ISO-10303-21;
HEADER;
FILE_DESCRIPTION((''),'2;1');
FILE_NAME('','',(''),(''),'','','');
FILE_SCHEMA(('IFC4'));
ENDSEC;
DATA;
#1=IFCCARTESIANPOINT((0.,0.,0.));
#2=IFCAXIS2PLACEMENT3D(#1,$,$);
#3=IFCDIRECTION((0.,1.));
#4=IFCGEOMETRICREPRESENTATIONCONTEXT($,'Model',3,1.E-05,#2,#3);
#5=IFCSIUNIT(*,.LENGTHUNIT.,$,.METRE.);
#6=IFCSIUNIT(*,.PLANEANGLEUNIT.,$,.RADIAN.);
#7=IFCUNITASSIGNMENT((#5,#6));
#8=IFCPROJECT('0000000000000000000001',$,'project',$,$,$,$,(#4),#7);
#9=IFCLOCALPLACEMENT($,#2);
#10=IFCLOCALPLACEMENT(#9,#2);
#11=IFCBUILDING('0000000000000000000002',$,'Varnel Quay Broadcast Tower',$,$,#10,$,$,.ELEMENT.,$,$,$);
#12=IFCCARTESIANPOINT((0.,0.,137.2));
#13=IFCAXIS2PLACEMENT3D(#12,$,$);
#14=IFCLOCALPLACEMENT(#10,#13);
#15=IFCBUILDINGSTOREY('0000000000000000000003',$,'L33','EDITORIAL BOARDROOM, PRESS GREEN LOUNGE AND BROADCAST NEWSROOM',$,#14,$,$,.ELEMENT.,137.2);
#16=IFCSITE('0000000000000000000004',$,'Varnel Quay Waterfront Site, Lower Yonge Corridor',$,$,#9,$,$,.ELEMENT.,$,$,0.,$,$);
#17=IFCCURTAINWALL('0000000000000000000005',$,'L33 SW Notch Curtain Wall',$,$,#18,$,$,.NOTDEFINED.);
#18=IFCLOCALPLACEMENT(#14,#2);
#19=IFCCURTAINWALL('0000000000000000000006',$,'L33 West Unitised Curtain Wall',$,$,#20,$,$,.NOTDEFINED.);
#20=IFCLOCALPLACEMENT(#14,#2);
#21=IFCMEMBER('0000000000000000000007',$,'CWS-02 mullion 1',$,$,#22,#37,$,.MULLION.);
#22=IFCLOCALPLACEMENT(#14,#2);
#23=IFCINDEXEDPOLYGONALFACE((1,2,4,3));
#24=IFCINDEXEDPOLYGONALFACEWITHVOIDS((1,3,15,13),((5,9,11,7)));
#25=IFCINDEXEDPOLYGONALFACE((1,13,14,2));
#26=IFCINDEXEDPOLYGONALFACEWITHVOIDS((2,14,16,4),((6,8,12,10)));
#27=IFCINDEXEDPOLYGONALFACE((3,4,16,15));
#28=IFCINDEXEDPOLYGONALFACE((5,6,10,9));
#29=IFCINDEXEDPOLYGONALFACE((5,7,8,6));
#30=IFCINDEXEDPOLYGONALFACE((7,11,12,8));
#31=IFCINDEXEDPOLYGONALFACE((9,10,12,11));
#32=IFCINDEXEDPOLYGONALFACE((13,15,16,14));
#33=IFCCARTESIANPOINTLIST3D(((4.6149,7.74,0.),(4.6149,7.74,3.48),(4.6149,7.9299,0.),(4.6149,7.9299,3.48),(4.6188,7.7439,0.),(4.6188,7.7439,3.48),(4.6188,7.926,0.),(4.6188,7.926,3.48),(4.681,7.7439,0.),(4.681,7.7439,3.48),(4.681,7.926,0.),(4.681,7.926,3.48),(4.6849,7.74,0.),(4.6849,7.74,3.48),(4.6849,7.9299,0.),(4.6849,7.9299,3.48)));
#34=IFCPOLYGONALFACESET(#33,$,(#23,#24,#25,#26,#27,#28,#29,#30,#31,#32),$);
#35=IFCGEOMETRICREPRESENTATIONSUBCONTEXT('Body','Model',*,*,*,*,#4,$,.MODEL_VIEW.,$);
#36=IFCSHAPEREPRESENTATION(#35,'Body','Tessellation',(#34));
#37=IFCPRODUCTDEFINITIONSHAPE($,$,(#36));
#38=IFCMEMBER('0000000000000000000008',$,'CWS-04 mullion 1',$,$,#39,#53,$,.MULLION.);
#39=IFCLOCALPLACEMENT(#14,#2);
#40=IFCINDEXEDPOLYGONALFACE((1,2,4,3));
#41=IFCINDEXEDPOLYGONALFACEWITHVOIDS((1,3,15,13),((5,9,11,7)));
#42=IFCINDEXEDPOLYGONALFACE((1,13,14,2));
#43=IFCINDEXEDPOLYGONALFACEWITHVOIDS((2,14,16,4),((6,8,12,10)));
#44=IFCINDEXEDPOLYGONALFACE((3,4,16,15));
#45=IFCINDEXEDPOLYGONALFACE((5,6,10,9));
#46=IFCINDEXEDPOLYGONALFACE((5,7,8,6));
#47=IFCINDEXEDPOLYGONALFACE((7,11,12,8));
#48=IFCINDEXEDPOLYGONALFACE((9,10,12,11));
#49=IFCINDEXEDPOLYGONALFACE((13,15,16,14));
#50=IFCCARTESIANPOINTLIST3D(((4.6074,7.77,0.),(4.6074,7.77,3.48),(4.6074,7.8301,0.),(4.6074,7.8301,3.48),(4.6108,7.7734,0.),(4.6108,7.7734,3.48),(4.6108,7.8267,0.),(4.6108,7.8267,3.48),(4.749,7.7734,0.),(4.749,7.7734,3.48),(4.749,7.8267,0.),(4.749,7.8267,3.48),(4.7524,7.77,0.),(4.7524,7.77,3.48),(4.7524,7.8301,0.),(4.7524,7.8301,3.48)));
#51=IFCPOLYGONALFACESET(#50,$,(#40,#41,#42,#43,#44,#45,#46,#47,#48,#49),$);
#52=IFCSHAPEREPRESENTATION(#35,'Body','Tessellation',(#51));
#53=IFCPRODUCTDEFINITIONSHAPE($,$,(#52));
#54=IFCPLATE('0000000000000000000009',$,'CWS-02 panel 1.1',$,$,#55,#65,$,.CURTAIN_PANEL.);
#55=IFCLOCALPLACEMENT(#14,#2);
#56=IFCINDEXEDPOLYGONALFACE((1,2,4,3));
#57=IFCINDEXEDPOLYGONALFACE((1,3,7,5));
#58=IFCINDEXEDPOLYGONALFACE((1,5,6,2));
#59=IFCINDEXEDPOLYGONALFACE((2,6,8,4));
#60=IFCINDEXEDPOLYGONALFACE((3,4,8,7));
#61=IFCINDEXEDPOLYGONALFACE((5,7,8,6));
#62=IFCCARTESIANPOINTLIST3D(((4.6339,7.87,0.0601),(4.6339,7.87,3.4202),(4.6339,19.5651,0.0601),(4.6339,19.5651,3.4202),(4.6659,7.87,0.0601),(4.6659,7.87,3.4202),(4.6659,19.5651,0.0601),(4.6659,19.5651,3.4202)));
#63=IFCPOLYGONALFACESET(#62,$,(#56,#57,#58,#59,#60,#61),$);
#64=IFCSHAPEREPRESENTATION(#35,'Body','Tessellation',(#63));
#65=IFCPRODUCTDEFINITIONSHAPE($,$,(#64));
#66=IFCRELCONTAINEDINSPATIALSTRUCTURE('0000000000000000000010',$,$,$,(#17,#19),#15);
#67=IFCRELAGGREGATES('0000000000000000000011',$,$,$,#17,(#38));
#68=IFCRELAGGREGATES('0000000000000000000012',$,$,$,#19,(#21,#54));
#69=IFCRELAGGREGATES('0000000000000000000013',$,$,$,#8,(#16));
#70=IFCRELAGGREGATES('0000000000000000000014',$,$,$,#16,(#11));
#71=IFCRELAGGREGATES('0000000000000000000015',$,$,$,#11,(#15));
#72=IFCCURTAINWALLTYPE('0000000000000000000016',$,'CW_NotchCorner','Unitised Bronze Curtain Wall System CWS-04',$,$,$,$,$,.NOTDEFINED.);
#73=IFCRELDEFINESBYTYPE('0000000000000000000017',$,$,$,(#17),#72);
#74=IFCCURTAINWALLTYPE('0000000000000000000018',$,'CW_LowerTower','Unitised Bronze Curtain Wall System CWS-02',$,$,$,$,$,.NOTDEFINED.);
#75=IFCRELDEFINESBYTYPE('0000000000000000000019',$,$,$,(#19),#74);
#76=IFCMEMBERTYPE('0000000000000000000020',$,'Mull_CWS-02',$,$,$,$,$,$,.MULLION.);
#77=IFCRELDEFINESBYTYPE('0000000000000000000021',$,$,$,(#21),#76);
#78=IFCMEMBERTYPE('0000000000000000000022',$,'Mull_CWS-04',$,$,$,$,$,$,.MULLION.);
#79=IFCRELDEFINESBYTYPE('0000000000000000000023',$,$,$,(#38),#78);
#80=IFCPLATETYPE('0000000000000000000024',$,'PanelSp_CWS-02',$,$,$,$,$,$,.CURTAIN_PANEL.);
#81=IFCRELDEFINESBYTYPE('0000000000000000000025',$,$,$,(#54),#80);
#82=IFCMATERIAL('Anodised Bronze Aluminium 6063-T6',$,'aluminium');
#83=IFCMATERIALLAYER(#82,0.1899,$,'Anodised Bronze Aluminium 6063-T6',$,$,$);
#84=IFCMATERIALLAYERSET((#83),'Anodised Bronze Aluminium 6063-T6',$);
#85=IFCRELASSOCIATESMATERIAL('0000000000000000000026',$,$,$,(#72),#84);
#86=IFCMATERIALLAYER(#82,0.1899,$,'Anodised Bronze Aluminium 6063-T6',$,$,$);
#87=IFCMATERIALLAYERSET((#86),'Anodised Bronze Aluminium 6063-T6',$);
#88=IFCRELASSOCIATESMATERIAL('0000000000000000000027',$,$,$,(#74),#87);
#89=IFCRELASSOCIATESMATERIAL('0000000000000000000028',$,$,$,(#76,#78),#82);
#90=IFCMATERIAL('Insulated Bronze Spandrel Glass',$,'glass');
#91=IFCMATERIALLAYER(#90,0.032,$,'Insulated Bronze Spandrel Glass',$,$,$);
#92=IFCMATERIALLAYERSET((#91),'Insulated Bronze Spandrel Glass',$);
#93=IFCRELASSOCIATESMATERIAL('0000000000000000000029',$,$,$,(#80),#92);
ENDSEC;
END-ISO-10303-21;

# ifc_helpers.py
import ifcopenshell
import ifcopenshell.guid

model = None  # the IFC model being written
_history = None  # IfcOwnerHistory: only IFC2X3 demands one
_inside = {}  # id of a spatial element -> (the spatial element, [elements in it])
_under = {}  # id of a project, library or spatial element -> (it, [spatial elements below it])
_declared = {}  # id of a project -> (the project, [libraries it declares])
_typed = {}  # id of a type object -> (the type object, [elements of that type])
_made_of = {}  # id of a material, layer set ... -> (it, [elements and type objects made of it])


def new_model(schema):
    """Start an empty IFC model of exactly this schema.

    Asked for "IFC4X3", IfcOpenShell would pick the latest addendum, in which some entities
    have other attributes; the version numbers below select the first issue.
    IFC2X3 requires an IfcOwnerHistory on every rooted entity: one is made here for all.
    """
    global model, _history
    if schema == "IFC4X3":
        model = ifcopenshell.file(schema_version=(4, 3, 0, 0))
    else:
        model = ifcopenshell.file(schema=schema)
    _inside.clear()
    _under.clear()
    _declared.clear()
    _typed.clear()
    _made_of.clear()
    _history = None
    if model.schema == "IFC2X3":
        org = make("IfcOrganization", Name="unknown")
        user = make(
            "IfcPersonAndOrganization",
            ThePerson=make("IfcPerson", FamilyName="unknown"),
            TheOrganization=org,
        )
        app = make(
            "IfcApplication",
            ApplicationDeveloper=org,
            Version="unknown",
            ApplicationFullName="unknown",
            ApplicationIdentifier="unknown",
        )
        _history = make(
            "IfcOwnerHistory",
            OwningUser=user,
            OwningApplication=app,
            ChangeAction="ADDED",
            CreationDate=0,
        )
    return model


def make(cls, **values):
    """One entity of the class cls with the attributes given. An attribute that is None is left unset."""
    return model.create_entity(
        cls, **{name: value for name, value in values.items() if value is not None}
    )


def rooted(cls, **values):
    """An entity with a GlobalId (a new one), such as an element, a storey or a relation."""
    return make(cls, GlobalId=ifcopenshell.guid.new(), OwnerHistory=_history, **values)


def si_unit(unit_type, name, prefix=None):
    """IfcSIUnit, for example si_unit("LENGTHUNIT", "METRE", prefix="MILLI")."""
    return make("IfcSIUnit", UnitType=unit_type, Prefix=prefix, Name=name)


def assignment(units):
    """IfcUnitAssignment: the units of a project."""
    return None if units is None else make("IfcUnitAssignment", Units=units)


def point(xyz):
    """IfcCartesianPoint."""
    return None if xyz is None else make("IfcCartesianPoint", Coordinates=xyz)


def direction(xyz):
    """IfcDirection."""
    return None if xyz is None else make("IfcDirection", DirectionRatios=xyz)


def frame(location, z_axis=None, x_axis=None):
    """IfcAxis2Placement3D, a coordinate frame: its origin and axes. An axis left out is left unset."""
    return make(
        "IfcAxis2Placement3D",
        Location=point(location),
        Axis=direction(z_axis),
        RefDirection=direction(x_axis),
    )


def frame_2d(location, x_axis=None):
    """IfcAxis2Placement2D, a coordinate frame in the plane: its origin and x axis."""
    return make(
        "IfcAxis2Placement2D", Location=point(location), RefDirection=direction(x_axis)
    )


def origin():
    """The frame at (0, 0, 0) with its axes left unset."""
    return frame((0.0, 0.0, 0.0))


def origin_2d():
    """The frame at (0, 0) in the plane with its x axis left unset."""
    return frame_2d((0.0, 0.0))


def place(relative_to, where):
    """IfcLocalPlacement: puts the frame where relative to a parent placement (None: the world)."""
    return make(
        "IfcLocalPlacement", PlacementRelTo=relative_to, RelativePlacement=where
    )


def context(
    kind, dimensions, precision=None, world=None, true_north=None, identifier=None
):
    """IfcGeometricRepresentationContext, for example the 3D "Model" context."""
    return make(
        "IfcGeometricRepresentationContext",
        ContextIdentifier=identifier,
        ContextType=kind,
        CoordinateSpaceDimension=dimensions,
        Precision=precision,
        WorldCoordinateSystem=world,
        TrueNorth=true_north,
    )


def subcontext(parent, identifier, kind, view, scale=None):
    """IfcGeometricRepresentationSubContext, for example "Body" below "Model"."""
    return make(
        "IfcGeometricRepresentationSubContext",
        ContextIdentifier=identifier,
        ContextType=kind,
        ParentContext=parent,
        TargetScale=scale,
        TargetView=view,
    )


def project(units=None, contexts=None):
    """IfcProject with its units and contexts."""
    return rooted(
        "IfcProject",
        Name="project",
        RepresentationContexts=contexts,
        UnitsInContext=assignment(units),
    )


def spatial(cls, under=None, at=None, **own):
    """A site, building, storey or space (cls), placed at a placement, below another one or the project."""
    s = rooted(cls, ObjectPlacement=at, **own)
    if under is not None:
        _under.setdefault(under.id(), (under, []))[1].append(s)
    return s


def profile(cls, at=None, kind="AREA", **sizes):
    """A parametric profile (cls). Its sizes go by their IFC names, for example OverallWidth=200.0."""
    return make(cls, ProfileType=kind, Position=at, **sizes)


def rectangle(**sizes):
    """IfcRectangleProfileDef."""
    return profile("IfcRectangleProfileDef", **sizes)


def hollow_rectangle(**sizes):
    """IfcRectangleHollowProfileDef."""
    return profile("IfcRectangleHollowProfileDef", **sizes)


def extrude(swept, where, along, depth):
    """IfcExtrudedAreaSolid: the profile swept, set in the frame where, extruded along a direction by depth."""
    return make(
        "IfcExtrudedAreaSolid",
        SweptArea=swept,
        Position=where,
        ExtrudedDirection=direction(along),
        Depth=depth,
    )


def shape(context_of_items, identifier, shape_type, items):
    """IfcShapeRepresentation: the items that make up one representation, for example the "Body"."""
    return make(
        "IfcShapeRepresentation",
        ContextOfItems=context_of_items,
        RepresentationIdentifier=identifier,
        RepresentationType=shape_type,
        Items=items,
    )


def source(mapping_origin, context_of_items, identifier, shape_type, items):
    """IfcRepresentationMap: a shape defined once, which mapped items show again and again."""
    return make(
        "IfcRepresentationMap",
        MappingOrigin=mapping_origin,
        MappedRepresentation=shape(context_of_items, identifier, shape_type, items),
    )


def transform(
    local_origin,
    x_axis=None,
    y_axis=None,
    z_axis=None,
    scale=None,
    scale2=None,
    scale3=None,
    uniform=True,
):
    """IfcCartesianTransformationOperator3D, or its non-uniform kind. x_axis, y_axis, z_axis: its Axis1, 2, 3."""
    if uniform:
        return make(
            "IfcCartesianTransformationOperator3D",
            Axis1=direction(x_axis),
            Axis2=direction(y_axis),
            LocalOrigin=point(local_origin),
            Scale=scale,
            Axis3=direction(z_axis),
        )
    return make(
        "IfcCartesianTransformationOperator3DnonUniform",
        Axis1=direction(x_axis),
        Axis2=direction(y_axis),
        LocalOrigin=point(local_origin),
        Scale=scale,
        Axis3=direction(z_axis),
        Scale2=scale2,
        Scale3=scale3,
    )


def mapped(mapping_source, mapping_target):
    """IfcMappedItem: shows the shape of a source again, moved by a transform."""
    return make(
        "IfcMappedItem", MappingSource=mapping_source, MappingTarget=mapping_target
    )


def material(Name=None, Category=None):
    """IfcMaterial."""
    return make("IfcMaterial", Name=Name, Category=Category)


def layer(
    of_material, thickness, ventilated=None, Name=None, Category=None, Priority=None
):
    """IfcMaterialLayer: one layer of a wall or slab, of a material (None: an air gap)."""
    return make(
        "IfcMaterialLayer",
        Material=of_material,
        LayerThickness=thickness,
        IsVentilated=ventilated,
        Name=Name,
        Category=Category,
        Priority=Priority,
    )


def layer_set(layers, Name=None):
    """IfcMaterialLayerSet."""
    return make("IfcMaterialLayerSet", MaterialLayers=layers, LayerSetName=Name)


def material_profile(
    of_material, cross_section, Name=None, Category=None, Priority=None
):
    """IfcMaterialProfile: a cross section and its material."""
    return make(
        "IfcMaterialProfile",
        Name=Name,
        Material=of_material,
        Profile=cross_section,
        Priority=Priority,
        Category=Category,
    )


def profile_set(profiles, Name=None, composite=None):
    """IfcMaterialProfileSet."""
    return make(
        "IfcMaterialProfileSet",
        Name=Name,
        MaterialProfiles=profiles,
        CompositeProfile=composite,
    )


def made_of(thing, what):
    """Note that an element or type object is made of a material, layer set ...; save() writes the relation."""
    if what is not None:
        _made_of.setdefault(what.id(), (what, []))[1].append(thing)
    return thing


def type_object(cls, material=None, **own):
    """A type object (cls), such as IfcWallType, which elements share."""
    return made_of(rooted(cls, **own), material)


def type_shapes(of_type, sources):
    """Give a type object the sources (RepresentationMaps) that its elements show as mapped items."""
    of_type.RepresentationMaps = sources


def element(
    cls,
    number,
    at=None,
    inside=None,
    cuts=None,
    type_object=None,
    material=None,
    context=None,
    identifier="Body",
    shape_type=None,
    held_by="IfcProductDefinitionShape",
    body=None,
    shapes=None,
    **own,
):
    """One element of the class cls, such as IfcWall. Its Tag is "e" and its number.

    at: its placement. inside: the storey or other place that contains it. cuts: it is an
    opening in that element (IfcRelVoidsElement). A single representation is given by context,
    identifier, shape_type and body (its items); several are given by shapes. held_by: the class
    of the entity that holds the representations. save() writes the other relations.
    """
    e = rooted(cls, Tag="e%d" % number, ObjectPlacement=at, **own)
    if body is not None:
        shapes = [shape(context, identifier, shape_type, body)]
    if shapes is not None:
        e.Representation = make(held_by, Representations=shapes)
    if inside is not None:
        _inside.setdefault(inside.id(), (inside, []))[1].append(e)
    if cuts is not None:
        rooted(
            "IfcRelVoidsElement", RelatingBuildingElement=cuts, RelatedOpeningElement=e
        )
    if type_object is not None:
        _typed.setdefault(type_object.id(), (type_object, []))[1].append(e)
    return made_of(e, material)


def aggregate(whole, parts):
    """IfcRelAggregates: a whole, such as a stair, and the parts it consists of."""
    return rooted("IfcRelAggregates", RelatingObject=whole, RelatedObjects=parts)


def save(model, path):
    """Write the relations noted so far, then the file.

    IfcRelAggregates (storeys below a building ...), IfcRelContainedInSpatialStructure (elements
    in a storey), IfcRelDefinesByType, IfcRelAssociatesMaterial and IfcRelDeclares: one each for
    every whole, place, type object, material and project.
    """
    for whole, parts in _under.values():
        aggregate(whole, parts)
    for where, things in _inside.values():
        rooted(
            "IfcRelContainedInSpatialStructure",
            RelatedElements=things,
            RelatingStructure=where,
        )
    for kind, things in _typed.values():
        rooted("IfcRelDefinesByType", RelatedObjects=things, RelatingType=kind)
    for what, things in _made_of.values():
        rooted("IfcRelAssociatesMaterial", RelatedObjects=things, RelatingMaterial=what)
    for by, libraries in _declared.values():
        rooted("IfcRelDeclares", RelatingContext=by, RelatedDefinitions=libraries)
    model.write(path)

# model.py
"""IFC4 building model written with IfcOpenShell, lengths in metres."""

from ifc_helpers import new_model, si_unit, direction, frame, origin, origin_2d, place, context, subcontext, project, spatial, rectangle, hollow_rectangle, extrude, source, transform, mapped, material, layer, layer_set, material_profile, profile_set, type_object, type_shapes, element, aggregate, save


model = new_model("IFC4")

# Units and contexts
model_context = context("Model", 3, precision=1e-05, world=origin(), true_north=direction((0.0, 1.0)))
body_context = subcontext(model_context, "Body", "Model", "MODEL_VIEW")
ifc_project = project(units=[si_unit("LENGTHUNIT", "METRE"), si_unit("PLANEANGLEUNIT", "RADIAN")], contexts=[model_context])

# Site, building, storey
site_placement = place(None, origin())
site = spatial("IfcSite", under=ifc_project, at=site_placement, Name="Varnel Quay Waterfront Site, Lower Yonge Corridor", CompositionType="ELEMENT", RefElevation=0.0)
building_placement = place(site_placement, origin())
building = spatial("IfcBuilding", under=site, at=building_placement, Name="Varnel Quay Broadcast Tower", CompositionType="ELEMENT")
storey_placement = place(building_placement, frame((0.0, 0.0, 137.2)))
storey = spatial("IfcBuildingStorey", under=building, at=storey_placement, Name="L33", Description="EDITORIAL BOARDROOM, PRESS GREEN LOUNGE AND BROADCAST NEWSROOM", CompositionType="ELEMENT", Elevation=137.2)

# Curtain walls, member
ifc_material_1 = material(Name="Anodised Bronze Aluminium 6063-T6", Category="aluminium")
ifc_layer_1 = layer(ifc_material_1, 0.1899, Name="Anodised Bronze Aluminium 6063-T6")
ifc_layer_set_1 = layer_set([ifc_layer_1], Name="Anodised Bronze Aluminium 6063-T6")
curtain_wall_type_1 = type_object("IfcCurtainWallType", Name="CW_NotchCorner", Description="Unitised Bronze Curtain Wall System CWS-04", PredefinedType="NOTDEFINED", material=ifc_layer_set_1)
curtain_wall_1_placement = place(storey_placement, origin())
curtain_wall_1 = element("IfcCurtainWall", 1, at=curtain_wall_1_placement, inside=storey, type_object=curtain_wall_type_1, Name="L33 SW Notch Curtain Wall", PredefinedType="NOTDEFINED")
ifc_layer_2 = layer(ifc_material_1, 0.1899, Name="Anodised Bronze Aluminium 6063-T6")
ifc_layer_set_2 = layer_set([ifc_layer_2], Name="Anodised Bronze Aluminium 6063-T6")
curtain_wall_type_2 = type_object("IfcCurtainWallType", Name="CW_LowerTower", Description="Unitised Bronze Curtain Wall System CWS-02", PredefinedType="NOTDEFINED", material=ifc_layer_set_2)
curtain_wall_2_placement = place(storey_placement, origin())
curtain_wall_2 = element("IfcCurtainWall", 2, at=curtain_wall_2_placement, inside=storey, type_object=curtain_wall_type_2, Name="L33 West Unitised Curtain Wall", PredefinedType="NOTDEFINED")
ifc_material_profile_1 = material_profile(ifc_material_1, hollow_rectangle(XDim=0.0701, YDim=0.1899, WallThickness=0.0039, at=origin_2d()), Name="ALU70X190X4")
ifc_profile_set_1 = profile_set([ifc_material_profile_1], Name="Anodised Bronze Aluminium 6063-T6")
member_type_1 = type_object("IfcMemberType", Name="Mull_CWS-02", PredefinedType="MULLION", material=ifc_profile_set_1)
shared_shape_1 = source(origin(), body_context, "Body", "SweptSolid", [
    extrude(hollow_rectangle(XDim=0.0701, YDim=0.1899, WallThickness=0.0039, at=origin_2d()), origin(), (0.0, 0.0, 1.0), 3.48),
])
type_shapes(member_type_1, [shared_shape_1])
member_1_placement = place(storey_placement, frame((4.6499, 7.835, 0.0), z_axis=(0.0, 0.0, 1.0), x_axis=(-1.0, 0.0, 0.0)))
member_1 = element("IfcMember", 3, at=member_1_placement, type_object=member_type_1, Name="CWS-02 mullion 1", PredefinedType="MULLION", context=body_context, shape_type="MappedRepresentation", body=[
    mapped(shared_shape_1, transform((0.0, 0.0, 0.0), x_axis=(1.0, 0.0, 0.0), y_axis=(0.0, 1.0, 0.0), z_axis=(0.0, 0.0, 1.0), scale=1.0)),
])

# Member
ifc_material_profile_2 = material_profile(ifc_material_1, hollow_rectangle(XDim=0.0601, YDim=0.145, WallThickness=0.0034, at=origin_2d()), Name="ALU60X145X3.5")
ifc_profile_set_2 = profile_set([ifc_material_profile_2], Name="Anodised Bronze Aluminium 6063-T6")
member_type_2 = type_object("IfcMemberType", Name="Mull_CWS-04", PredefinedType="MULLION", material=ifc_profile_set_2)
shared_shape_2 = source(origin(), body_context, "Body", "SweptSolid", [
    extrude(hollow_rectangle(XDim=0.0601, YDim=0.145, WallThickness=0.0034, at=origin_2d()), origin(), (0.0, 0.0, 1.0), 3.48),
])
type_shapes(member_type_2, [shared_shape_2])
member_2_placement = place(storey_placement, frame((4.6799, 7.8, 0.0), z_axis=(0.0, 0.0, 1.0), x_axis=(0.0, 1.0, 0.0)))
member_2 = element("IfcMember", 4, at=member_2_placement, type_object=member_type_2, Name="CWS-04 mullion 1", PredefinedType="MULLION", context=body_context, shape_type="MappedRepresentation", body=[
    mapped(shared_shape_2, transform((0.0, 0.0, 0.0), x_axis=(1.0, 0.0, 0.0), y_axis=(0.0, 1.0, 0.0), z_axis=(0.0, 0.0, 1.0), scale=1.0)),
])
aggregate(curtain_wall_1, [member_2])

# Plate
ifc_material_2 = material(Name="Insulated Bronze Spandrel Glass", Category="glass")
ifc_layer_3 = layer(ifc_material_2, 0.032, Name="Insulated Bronze Spandrel Glass")
ifc_layer_set_3 = layer_set([ifc_layer_3], Name="Insulated Bronze Spandrel Glass")
plate_type = type_object("IfcPlateType", Name="PanelSp_CWS-02", PredefinedType="CURTAIN_PANEL", material=ifc_layer_set_3)
shared_shape_3 = source(origin(), body_context, "Body", "SweptSolid", [
    extrude(rectangle(XDim=11.6951, YDim=0.032, at=origin_2d()), origin(), (0.0, 0.0, 1.0), 3.3601),
])
type_shapes(plate_type, [shared_shape_3])
plate_placement = place(storey_placement, frame((4.6499, 13.7175, 0.0601), z_axis=(0.0, 0.0, 1.0), x_axis=(0.0, 1.0, 0.0)))
plate = element("IfcPlate", 5, at=plate_placement, type_object=plate_type, Name="CWS-02 panel 1.1", PredefinedType="CURTAIN_PANEL", context=body_context, shape_type="MappedRepresentation", body=[
    mapped(shared_shape_3, transform((0.0, 0.0, 0.0), x_axis=(1.0, 0.0, 0.0), y_axis=(0.0, 1.0, 0.0), z_axis=(0.0, 0.0, 1.0), scale=1.0)),
])
aggregate(curtain_wall_2, [member_1, plate])

save(model, "model.ifc")
